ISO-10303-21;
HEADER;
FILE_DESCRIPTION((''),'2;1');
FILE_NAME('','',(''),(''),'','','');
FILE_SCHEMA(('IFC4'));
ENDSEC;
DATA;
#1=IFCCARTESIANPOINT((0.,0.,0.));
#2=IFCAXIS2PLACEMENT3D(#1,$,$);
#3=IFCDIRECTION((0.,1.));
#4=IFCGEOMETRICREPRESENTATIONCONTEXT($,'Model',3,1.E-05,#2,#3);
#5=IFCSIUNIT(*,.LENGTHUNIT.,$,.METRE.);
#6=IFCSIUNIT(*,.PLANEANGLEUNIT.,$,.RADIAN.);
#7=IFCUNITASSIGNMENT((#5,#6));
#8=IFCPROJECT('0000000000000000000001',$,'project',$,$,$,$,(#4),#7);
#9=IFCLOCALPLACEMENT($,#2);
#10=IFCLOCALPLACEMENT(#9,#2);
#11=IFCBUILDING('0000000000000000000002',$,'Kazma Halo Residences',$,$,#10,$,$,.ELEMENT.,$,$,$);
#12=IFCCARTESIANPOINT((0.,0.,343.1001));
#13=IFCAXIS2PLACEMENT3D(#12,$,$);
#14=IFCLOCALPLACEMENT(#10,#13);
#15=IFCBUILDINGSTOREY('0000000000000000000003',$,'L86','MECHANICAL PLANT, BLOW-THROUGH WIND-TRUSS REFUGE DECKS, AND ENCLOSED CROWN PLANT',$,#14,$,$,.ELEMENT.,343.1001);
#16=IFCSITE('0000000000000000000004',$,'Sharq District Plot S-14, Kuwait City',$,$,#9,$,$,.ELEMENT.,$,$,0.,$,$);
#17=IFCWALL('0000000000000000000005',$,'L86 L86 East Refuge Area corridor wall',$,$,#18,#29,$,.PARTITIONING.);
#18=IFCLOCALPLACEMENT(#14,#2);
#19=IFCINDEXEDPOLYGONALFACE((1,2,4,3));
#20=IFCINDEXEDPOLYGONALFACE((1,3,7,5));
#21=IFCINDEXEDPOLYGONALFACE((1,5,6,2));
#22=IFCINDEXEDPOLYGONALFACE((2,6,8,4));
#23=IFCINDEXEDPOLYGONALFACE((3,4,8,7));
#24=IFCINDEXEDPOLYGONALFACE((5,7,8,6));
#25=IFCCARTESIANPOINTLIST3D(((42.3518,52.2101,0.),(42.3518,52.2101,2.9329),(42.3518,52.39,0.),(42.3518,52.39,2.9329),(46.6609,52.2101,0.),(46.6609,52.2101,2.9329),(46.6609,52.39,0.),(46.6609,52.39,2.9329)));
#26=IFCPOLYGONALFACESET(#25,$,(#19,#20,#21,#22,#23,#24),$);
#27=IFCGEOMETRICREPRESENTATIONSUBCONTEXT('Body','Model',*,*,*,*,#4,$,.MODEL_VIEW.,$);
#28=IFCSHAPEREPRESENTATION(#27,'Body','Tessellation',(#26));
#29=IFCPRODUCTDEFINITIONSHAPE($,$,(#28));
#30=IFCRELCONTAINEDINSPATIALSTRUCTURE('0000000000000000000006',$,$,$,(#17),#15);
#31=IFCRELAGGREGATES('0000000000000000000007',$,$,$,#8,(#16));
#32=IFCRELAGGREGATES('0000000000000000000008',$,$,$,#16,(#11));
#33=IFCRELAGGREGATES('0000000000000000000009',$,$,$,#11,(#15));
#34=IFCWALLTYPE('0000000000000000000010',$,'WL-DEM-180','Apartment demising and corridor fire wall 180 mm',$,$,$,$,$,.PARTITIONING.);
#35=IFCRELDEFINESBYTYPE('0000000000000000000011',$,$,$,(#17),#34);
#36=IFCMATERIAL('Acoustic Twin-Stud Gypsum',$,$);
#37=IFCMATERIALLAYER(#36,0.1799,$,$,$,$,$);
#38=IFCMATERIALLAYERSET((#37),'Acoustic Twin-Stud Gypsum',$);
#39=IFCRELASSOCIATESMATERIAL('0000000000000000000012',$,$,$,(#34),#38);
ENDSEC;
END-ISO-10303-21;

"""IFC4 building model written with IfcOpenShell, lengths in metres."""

from ifc_helpers import new_model, si_unit, direction, frame, frame_2d, origin, place, context, subcontext, project, spatial, rectangle, extrude, material, layer, layer_set, type_object, element, save


model = new_model("IFC4")

# Units and contexts
model_context = context("Model", 3, precision=1e-05, world=origin(), true_north=direction((0.0, 1.0)))
body_context = subcontext(model_context, "Body", "Model", "MODEL_VIEW")
ifc_project = project(units=[si_unit("LENGTHUNIT", "METRE"), si_unit("PLANEANGLEUNIT", "RADIAN")], contexts=[model_context])

# Site, building, storey
site_placement = place(None, origin())
site = spatial("IfcSite", under=ifc_project, at=site_placement, Name="Sharq District Plot S-14, Kuwait City", CompositionType="ELEMENT", RefElevation=0.0)
building_placement = place(site_placement, origin())
building = spatial("IfcBuilding", under=site, at=building_placement, Name="Kazma Halo Residences", CompositionType="ELEMENT")
storey_placement = place(building_placement, frame((0.0, 0.0, 343.1001)))
storey = spatial("IfcBuildingStorey", under=building, at=storey_placement, Name="L86", Description="MECHANICAL PLANT, BLOW-THROUGH WIND-TRUSS REFUGE DECKS, AND ENCLOSED CROWN PLANT", CompositionType="ELEMENT", Elevation=343.1001)

# Wall
ifc_material_1 = material(Name="Acoustic Twin-Stud Gypsum")
ifc_layer_1 = layer(ifc_material_1, 0.1799)
ifc_layer_set_1 = layer_set([ifc_layer_1], Name="Acoustic Twin-Stud Gypsum")
wall_type = type_object("IfcWallType", Name="WL-DEM-180", Description="Apartment demising and corridor fire wall 180 mm", PredefinedType="PARTITIONING", material=ifc_layer_set_1)
wall_1_placement = place(storey_placement, frame((46.6609, 52.3, 0.0), z_axis=(0.0, 0.0, 1.0), x_axis=(-1.0, 0.0, 0.0)))
element("IfcWall", 1, at=wall_1_placement, inside=storey, type_object=wall_type, Name="L86 L86 East Refuge Area corridor wall", PredefinedType="PARTITIONING", context=body_context, shape_type="SweptSolid", body=[
    extrude(rectangle(XDim=4.3091, YDim=0.1799, at=frame_2d((2.1545, 0.0))), origin(), (0.0, 0.0, 1.0), 2.9329),
])

save(model, "model.ifc")
